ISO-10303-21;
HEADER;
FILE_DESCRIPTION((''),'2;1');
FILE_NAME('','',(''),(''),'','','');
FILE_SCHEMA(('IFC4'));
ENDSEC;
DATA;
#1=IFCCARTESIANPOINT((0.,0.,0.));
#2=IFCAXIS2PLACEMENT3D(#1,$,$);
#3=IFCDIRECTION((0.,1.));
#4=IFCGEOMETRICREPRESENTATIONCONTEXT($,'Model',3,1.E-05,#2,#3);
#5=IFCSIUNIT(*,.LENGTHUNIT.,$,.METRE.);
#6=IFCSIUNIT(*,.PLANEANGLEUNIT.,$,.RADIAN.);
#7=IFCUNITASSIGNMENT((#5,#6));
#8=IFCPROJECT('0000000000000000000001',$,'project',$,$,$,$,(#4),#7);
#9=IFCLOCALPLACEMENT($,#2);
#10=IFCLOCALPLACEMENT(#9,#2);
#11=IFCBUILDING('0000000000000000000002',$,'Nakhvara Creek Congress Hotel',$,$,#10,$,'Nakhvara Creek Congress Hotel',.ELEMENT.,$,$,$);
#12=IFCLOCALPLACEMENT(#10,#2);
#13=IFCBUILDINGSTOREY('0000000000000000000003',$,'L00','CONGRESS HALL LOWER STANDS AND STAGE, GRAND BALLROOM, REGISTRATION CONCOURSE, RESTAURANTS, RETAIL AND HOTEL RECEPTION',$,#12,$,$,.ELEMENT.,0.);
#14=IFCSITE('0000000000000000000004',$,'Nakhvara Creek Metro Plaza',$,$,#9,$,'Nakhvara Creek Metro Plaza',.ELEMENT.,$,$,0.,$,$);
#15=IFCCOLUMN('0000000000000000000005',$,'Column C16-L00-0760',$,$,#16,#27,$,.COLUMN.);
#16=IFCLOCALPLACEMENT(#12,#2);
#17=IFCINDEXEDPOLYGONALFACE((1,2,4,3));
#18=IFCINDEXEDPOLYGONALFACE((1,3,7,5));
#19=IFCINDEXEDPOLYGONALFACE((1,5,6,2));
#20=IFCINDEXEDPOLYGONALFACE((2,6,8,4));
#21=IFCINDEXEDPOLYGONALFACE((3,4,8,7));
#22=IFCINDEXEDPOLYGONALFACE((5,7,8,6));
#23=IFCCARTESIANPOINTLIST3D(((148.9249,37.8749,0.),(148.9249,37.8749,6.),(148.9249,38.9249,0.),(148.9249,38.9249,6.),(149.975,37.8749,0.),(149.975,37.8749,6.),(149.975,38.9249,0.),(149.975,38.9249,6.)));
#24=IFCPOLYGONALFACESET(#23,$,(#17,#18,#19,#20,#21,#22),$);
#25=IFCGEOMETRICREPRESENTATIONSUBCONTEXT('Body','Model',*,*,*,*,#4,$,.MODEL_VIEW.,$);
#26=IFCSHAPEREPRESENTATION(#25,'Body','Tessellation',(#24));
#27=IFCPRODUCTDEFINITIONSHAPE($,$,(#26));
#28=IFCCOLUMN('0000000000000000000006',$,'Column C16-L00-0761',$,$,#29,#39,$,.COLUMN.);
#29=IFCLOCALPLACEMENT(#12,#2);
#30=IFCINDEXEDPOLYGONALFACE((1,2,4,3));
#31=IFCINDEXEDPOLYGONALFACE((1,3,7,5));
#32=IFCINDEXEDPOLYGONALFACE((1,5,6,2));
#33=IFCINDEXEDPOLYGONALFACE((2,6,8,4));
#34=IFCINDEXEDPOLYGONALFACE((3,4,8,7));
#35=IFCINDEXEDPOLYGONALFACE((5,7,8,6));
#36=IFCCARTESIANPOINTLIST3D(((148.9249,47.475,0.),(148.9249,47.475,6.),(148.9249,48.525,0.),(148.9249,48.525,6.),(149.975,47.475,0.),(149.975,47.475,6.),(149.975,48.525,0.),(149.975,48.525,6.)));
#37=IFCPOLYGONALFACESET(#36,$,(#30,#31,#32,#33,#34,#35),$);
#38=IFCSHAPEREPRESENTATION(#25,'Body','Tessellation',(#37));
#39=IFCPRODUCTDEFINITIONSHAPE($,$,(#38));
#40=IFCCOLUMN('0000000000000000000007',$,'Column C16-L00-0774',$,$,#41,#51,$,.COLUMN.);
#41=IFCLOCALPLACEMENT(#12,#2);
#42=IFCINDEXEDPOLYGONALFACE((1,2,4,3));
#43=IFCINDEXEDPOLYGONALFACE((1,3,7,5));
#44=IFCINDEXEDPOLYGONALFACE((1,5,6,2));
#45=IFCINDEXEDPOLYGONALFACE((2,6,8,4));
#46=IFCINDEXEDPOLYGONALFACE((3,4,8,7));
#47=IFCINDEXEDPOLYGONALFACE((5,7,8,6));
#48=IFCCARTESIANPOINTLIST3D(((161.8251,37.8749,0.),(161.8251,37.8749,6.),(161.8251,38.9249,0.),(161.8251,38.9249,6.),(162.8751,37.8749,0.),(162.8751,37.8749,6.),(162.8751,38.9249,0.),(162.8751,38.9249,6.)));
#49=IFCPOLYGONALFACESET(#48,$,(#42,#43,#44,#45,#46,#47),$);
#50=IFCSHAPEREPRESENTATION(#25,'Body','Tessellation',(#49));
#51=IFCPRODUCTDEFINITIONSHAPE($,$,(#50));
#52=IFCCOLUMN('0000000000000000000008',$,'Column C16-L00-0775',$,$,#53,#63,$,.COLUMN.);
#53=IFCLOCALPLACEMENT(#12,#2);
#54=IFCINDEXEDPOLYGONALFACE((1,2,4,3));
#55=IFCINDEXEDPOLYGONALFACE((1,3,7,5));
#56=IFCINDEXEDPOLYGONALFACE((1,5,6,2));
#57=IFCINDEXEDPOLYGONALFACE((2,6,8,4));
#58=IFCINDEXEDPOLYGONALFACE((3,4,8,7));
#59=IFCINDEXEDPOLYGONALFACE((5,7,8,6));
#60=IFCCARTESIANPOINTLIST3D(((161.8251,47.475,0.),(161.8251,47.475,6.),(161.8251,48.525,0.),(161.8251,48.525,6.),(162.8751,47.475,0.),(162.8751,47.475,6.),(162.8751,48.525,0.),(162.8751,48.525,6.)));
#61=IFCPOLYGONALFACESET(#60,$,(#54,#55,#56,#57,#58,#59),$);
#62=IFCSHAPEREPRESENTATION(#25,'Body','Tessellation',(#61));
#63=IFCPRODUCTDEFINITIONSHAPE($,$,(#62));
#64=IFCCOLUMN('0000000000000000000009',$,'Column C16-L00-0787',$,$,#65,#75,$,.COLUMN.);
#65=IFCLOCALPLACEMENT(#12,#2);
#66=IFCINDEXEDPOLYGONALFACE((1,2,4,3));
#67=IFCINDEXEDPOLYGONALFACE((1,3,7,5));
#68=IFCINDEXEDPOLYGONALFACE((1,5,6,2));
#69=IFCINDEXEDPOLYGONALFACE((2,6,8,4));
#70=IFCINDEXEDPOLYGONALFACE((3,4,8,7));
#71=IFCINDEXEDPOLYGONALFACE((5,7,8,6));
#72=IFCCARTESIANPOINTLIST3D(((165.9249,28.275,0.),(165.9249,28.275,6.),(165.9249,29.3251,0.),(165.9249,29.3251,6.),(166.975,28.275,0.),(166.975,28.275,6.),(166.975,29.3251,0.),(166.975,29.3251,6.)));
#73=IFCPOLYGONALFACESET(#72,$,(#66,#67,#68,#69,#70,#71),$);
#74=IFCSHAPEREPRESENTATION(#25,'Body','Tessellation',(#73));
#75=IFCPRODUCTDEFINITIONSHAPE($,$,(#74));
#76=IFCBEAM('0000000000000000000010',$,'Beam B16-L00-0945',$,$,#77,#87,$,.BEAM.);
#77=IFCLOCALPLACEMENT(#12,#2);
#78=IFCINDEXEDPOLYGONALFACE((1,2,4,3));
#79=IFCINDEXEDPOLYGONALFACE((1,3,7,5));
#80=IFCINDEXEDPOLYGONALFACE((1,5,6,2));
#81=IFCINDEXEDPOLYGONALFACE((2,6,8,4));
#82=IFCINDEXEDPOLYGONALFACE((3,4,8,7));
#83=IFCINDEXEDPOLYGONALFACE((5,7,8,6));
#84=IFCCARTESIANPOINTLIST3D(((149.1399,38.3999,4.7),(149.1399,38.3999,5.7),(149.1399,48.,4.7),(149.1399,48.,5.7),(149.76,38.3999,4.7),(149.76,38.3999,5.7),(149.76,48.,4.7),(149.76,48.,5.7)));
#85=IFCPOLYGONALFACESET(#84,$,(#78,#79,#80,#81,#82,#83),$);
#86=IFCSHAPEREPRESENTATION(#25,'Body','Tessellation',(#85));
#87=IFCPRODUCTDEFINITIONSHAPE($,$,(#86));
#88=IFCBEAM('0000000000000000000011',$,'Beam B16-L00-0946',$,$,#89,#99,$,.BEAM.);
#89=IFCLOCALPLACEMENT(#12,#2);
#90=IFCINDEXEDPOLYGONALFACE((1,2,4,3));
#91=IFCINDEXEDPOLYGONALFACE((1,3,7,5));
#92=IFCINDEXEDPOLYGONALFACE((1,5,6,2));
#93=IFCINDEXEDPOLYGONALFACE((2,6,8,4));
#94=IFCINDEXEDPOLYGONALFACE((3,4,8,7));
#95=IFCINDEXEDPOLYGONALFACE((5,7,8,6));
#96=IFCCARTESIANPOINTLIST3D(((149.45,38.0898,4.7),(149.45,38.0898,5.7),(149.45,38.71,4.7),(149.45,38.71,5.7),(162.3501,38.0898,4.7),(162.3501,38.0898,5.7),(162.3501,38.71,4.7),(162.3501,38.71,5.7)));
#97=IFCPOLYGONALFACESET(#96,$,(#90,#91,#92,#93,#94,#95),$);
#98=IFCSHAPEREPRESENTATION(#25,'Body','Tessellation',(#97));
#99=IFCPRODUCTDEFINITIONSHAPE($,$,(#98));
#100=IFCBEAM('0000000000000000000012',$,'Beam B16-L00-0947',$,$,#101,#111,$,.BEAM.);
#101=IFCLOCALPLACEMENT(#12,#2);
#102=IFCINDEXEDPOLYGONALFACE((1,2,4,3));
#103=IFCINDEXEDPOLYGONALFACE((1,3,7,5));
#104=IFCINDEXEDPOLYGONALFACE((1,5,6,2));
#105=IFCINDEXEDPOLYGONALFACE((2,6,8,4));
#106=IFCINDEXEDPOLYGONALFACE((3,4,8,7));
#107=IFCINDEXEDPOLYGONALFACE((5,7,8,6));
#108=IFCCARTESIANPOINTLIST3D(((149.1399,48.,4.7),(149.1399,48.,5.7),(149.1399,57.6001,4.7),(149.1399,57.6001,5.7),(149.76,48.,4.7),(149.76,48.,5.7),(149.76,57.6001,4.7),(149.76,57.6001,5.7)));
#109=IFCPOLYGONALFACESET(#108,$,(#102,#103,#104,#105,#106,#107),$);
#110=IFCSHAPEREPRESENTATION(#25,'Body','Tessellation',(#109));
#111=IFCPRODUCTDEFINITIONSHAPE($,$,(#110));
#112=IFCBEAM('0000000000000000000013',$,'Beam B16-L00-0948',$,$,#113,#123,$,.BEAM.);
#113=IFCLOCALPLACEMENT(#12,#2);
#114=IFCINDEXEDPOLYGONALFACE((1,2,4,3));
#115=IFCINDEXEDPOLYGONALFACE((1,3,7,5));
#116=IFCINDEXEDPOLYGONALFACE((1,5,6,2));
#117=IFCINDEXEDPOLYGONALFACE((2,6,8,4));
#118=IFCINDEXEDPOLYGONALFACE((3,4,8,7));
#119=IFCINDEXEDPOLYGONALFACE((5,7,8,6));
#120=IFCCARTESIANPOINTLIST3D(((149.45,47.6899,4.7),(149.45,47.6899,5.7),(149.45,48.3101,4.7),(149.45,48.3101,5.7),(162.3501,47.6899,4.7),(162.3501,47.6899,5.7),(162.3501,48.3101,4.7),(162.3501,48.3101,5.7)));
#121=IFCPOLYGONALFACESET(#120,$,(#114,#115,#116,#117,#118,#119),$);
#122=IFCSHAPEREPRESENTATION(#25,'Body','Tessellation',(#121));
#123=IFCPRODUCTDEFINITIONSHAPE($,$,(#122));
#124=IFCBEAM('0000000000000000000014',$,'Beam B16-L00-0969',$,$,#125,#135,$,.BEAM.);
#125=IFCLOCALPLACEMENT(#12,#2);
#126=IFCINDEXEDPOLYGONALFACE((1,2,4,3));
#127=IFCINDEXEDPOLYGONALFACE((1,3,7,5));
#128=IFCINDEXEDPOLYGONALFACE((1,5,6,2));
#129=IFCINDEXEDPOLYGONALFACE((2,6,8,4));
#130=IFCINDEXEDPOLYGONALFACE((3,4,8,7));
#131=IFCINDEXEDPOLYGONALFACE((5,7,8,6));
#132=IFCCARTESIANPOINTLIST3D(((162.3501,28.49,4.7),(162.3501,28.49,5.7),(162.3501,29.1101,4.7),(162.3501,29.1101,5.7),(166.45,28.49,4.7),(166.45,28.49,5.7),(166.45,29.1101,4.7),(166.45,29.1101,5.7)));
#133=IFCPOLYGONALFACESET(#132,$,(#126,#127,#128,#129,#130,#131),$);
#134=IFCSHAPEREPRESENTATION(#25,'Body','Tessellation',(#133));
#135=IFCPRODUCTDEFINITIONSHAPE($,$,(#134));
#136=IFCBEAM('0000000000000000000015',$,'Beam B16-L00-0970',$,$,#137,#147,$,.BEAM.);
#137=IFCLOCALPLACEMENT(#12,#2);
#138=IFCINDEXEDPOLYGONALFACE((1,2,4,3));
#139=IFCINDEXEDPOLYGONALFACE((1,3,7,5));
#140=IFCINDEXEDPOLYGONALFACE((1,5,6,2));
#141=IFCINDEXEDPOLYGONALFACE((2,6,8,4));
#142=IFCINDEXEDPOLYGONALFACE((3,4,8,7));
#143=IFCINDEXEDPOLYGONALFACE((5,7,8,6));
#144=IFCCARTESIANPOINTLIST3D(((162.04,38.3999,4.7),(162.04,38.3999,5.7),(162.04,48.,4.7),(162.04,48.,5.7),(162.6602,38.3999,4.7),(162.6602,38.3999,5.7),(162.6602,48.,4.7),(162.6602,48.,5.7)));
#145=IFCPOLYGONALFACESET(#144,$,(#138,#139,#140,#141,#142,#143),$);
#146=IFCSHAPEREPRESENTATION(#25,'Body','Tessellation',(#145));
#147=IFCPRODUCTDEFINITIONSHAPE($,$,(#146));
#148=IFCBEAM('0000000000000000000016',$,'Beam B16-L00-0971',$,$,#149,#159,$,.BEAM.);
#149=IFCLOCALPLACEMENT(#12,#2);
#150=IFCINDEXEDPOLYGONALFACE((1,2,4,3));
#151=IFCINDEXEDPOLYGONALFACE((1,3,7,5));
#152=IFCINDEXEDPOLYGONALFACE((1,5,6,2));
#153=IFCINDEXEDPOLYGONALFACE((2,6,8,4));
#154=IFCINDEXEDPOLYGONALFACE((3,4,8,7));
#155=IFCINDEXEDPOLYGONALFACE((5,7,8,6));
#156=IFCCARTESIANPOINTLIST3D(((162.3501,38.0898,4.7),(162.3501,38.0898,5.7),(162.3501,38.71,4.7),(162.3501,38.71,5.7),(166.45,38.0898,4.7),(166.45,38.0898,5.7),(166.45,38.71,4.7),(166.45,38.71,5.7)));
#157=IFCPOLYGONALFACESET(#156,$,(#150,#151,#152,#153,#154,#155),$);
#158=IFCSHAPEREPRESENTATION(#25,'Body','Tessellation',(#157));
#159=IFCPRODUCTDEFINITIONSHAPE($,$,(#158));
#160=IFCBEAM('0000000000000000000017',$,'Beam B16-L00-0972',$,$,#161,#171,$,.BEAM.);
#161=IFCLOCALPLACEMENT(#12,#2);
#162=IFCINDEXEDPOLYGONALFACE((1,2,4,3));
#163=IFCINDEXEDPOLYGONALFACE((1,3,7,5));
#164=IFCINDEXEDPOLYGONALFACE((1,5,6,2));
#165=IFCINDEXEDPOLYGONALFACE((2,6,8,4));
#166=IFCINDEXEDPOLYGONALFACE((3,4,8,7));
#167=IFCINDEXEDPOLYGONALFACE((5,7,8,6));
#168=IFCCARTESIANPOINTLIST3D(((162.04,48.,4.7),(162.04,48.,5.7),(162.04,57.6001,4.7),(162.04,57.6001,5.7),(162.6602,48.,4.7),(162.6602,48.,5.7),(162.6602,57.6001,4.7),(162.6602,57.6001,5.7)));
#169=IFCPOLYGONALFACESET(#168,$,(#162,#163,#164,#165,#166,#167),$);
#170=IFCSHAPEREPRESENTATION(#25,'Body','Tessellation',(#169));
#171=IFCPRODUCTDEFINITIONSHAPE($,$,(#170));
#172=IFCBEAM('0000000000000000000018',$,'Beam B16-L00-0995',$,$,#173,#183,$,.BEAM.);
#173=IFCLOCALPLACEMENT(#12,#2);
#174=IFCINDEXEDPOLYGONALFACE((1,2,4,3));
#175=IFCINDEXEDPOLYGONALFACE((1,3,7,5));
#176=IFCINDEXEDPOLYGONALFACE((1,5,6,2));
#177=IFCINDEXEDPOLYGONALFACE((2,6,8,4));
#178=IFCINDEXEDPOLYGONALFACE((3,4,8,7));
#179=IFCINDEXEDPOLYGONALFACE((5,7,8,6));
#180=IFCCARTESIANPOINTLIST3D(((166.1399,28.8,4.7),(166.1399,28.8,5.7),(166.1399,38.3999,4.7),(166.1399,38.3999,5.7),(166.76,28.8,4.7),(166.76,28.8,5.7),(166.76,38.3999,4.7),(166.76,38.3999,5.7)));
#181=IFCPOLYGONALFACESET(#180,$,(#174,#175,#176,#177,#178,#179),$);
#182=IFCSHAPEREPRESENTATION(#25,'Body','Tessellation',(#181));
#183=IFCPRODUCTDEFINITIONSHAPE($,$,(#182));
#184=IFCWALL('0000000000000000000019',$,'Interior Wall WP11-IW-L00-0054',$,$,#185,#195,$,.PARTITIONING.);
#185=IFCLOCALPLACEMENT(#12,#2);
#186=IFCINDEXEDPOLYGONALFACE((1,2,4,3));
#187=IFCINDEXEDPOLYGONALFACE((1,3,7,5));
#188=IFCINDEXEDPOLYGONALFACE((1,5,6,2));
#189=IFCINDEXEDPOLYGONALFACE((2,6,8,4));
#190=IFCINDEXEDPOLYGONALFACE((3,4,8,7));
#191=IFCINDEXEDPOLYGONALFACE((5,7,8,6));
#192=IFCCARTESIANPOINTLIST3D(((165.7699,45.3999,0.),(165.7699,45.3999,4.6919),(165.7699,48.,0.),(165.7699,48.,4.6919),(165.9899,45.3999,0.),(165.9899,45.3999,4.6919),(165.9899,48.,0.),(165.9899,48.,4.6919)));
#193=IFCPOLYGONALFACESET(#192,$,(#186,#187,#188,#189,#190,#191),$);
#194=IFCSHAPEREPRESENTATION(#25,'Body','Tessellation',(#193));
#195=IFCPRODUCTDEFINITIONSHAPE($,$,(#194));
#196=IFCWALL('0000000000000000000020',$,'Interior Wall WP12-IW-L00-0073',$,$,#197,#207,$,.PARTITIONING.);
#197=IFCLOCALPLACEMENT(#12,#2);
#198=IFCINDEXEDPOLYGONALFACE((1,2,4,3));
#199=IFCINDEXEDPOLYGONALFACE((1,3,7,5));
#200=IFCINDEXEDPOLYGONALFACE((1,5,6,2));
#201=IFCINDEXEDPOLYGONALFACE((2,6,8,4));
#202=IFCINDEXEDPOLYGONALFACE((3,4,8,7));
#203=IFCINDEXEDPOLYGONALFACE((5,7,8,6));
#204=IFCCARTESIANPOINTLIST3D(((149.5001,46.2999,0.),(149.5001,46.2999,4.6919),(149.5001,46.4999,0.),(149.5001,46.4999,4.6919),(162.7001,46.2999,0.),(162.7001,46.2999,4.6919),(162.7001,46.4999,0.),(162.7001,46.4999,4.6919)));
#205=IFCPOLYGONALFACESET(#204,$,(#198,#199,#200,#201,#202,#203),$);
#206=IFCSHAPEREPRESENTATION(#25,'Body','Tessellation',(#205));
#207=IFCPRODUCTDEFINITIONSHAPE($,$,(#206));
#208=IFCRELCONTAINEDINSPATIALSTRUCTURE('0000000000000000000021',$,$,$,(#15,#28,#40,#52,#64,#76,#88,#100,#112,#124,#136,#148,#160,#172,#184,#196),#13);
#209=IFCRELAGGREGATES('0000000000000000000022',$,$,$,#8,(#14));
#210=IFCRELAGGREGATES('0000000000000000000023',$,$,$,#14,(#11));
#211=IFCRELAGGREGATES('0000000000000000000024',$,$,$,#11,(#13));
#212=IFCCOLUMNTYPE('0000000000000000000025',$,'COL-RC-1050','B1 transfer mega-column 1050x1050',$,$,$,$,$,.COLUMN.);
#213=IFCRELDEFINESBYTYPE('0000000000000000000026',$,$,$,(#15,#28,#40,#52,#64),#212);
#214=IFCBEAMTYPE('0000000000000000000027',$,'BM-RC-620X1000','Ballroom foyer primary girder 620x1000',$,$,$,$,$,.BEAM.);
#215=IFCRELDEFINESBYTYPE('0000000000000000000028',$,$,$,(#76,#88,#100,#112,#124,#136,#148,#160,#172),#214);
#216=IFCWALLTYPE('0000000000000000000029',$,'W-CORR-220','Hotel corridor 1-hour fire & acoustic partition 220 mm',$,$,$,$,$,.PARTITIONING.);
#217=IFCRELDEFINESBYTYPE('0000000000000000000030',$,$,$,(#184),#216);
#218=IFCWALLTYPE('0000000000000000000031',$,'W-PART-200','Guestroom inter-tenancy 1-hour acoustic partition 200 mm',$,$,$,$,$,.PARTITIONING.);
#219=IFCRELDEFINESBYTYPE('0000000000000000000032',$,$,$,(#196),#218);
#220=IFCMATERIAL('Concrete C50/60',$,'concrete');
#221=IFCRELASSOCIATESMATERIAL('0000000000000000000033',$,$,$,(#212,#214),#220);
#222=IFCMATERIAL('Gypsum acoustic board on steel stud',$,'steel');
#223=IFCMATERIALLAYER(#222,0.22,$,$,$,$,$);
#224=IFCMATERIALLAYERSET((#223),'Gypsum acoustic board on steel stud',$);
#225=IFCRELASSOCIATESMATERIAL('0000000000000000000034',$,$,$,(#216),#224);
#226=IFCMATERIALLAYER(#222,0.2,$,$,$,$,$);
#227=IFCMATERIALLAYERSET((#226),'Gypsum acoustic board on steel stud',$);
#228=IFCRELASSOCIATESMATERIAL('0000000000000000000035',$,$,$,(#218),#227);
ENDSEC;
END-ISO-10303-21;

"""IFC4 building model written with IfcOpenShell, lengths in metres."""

from ifc_helpers import new_model, si_unit, direction, frame, frame_2d, origin, origin_2d, place, context, subcontext, project, spatial, rectangle, extrude, material, layer, layer_set, material_profile, profile_set, type_object, element, save


model = new_model("IFC4")

# Units and contexts
model_context = context("Model", 3, precision=1e-05, world=origin(), true_north=direction((0.0, 1.0)))
body_context = subcontext(model_context, "Body", "Model", "MODEL_VIEW")
ifc_project = project(units=[si_unit("LENGTHUNIT", "METRE"), si_unit("PLANEANGLEUNIT", "RADIAN")], contexts=[model_context])

# Site, building, storey
site_placement = place(None, origin())
site = spatial("IfcSite", under=ifc_project, at=site_placement, Name="Nakhvara Creek Metro Plaza", LongName="Nakhvara Creek Metro Plaza", CompositionType="ELEMENT", RefElevation=0.0)
building_placement = place(site_placement, origin())
building = spatial("IfcBuilding", under=site, at=building_placement, Name="Nakhvara Creek Congress Hotel", LongName="Nakhvara Creek Congress Hotel", CompositionType="ELEMENT")
storey_placement = place(building_placement, origin())
storey = spatial("IfcBuildingStorey", under=building, at=storey_placement, Name="L00", Description="CONGRESS HALL LOWER STANDS AND STAGE, GRAND BALLROOM, REGISTRATION CONCOURSE, RESTAURANTS, RETAIL AND HOTEL RECEPTION", CompositionType="ELEMENT", Elevation=0.0)

# Columns
ifc_material_1 = material(Name="Concrete C50/60", Category="concrete")
ifc_material_profile_1 = material_profile(ifc_material_1, rectangle(XDim=1.05, YDim=1.05, at=origin_2d()), Name="RC-COL 1050x1050", Category="LoadBearing")
ifc_profile_set_1 = profile_set([ifc_material_profile_1], Name="Concrete C50/60")
column_type = type_object("IfcColumnType", Name="COL-RC-1050", Description="B1 transfer mega-column 1050x1050", PredefinedType="COLUMN", material=ifc_profile_set_1)
for number, where, z_axis, x_axis, name in (
    (1, (149.45, 38.3999, 0.0), (0.0, 0.0, 1.0), (1.0, 0.0, 0.0), "Column C16-L00-0760"),
    (2, (149.45, 48.0, 0.0), (0.0, 0.0, 1.0), (1.0, 0.0, 0.0), "Column C16-L00-0761"),
    (3, (162.3501, 38.3999, 0.0), (0.0, 0.0, 1.0), (1.0, 0.0, 0.0), "Column C16-L00-0774"),
    (4, (162.3501, 48.0, 0.0), (0.0, 0.0, 1.0), (1.0, 0.0, 0.0), "Column C16-L00-0775"),
    (5, (166.45, 28.8, 0.0), (0.0, 0.0, 1.0), (1.0, 0.0, 0.0), "Column C16-L00-0787"),
):
    element("IfcColumn", number, at=place(storey_placement, frame(where, z_axis=z_axis, x_axis=x_axis)), inside=storey, type_object=column_type, Name=name, PredefinedType="COLUMN", context=body_context, shape_type="SweptSolid", body=[
        extrude(rectangle(XDim=1.05, YDim=1.05, at=origin_2d()), origin(), (0.0, 0.0, 1.0), 6.0),
    ])

# Beams
ifc_material_profile_2 = material_profile(ifc_material_1, rectangle(XDim=0.6201, YDim=1.0, at=origin_2d()), Name="RC-BM 620x1000", Category="LoadBearing")
ifc_profile_set_2 = profile_set([ifc_material_profile_2], Name="Concrete C50/60")
beam_type = type_object("IfcBeamType", Name="BM-RC-620X1000", Description="Ballroom foyer primary girder 620x1000", PredefinedType="BEAM", material=ifc_profile_set_2)
beam_1_placement = place(storey_placement, frame((149.45, 38.3999, 5.2), z_axis=(0.0, 1.0, 0.0), x_axis=(-1.0, 0.0, 0.0)))
element("IfcBeam", 6, at=beam_1_placement, inside=storey, type_object=beam_type, Name="Beam B16-L00-0945", PredefinedType="BEAM", context=body_context, shape_type="SweptSolid", body=[
    extrude(rectangle(XDim=0.6201, YDim=1.0, at=origin_2d()), origin(), (0.0, 0.0, 1.0), 9.6001),
])
beam_2_placement = place(storey_placement, frame((149.45, 38.3999, 5.2), z_axis=(1.0, 0.0, 0.0), x_axis=(0.0, 1.0, 0.0)))
element("IfcBeam", 7, at=beam_2_placement, inside=storey, type_object=beam_type, Name="Beam B16-L00-0946", PredefinedType="BEAM", context=body_context, shape_type="SweptSolid", body=[
    extrude(rectangle(XDim=0.6201, YDim=1.0, at=origin_2d()), origin(), (0.0, 0.0, 1.0), 12.9001),
])
beam_3_placement = place(storey_placement, frame((149.45, 48.0, 5.2), z_axis=(0.0, 1.0, 0.0), x_axis=(-1.0, 0.0, 0.0)))
element("IfcBeam", 8, at=beam_3_placement, inside=storey, type_object=beam_type, Name="Beam B16-L00-0947", PredefinedType="BEAM", context=body_context, shape_type="SweptSolid", body=[
    extrude(rectangle(XDim=0.6201, YDim=1.0, at=origin_2d()), origin(), (0.0, 0.0, 1.0), 9.6001),
])
beam_4_placement = place(storey_placement, frame((149.45, 48.0, 5.2), z_axis=(1.0, 0.0, 0.0), x_axis=(0.0, 1.0, 0.0)))
element("IfcBeam", 9, at=beam_4_placement, inside=storey, type_object=beam_type, Name="Beam B16-L00-0948", PredefinedType="BEAM", context=body_context, shape_type="SweptSolid", body=[
    extrude(rectangle(XDim=0.6201, YDim=1.0, at=origin_2d()), origin(), (0.0, 0.0, 1.0), 12.9001),
])
beam_5_placement = place(storey_placement, frame((162.3501, 28.8, 5.2), z_axis=(1.0, 0.0, 0.0), x_axis=(0.0, 1.0, 0.0)))
element("IfcBeam", 10, at=beam_5_placement, inside=storey, type_object=beam_type, Name="Beam B16-L00-0969", PredefinedType="BEAM", context=body_context, shape_type="SweptSolid", body=[
    extrude(rectangle(XDim=0.6201, YDim=1.0, at=origin_2d()), origin(), (0.0, 0.0, 1.0), 4.0999),
])
beam_6_placement = place(storey_placement, frame((162.3501, 38.3999, 5.2), z_axis=(0.0, 1.0, 0.0), x_axis=(-1.0, 0.0, 0.0)))
element("IfcBeam", 11, at=beam_6_placement, inside=storey, type_object=beam_type, Name="Beam B16-L00-0970", PredefinedType="BEAM", context=body_context, shape_type="SweptSolid", body=[
    extrude(rectangle(XDim=0.6201, YDim=1.0, at=origin_2d()), origin(), (0.0, 0.0, 1.0), 9.6001),
])
beam_7_placement = place(storey_placement, frame((162.3501, 38.3999, 5.2), z_axis=(1.0, 0.0, 0.0), x_axis=(0.0, 1.0, 0.0)))
element("IfcBeam", 12, at=beam_7_placement, inside=storey, type_object=beam_type, Name="Beam B16-L00-0971", PredefinedType="BEAM", context=body_context, shape_type="SweptSolid", body=[
    extrude(rectangle(XDim=0.6201, YDim=1.0, at=origin_2d()), origin(), (0.0, 0.0, 1.0), 4.0999),
])
beam_8_placement = place(storey_placement, frame((162.3501, 48.0, 5.2), z_axis=(0.0, 1.0, 0.0), x_axis=(-1.0, 0.0, 0.0)))
element("IfcBeam", 13, at=beam_8_placement, inside=storey, type_object=beam_type, Name="Beam B16-L00-0972", PredefinedType="BEAM", context=body_context, shape_type="SweptSolid", body=[
    extrude(rectangle(XDim=0.6201, YDim=1.0, at=origin_2d()), origin(), (0.0, 0.0, 1.0), 9.6001),
])
beam_9_placement = place(storey_placement, frame((166.45, 28.8, 5.2), z_axis=(0.0, 1.0, 0.0), x_axis=(-1.0, 0.0, 0.0)))
element("IfcBeam", 14, at=beam_9_placement, inside=storey, type_object=beam_type, Name="Beam B16-L00-0995", PredefinedType="BEAM", context=body_context, shape_type="SweptSolid", body=[
    extrude(rectangle(XDim=0.6201, YDim=1.0, at=origin_2d()), origin(), (0.0, 0.0, 1.0), 9.5999),
])

# Walls
ifc_material_2 = material(Name="Gypsum acoustic board on steel stud", Category="steel")
ifc_layer_1 = layer(ifc_material_2, 0.22)
ifc_layer_set_1 = layer_set([ifc_layer_1], Name="Gypsum acoustic board on steel stud")
wall_type_1 = type_object("IfcWallType", Name="W-CORR-220", Description="Hotel corridor 1-hour fire & acoustic partition 220 mm", PredefinedType="PARTITIONING", material=ifc_layer_set_1)
wall_1_placement = place(storey_placement, frame((165.8799, 45.3999, 0.0), z_axis=(0.0, 0.0, 1.0), x_axis=(0.0, 1.0, 0.0)))
element("IfcWall", 15, at=wall_1_placement, inside=storey, type_object=wall_type_1, Name="Interior Wall WP11-IW-L00-0054", PredefinedType="PARTITIONING", context=body_context, shape_type="SweptSolid", body=[
    extrude(rectangle(XDim=2.6001, YDim=0.22, at=frame_2d((1.3, 0.0))), origin(), (0.0, 0.0, 1.0), 4.6919),
])
ifc_layer_2 = layer(ifc_material_2, 0.2)
ifc_layer_set_2 = layer_set([ifc_layer_2], Name="Gypsum acoustic board on steel stud")
wall_type_2 = type_object("IfcWallType", Name="W-PART-200", Description="Guestroom inter-tenancy 1-hour acoustic partition 200 mm", PredefinedType="PARTITIONING", material=ifc_layer_set_2)
wall_2_placement = place(storey_placement, frame((149.5, 46.3999, 0.0), z_axis=(0.0, 0.0, 1.0), x_axis=(1.0, 0.0, 0.0)))
element("IfcWall", 16, at=wall_2_placement, inside=storey, type_object=wall_type_2, Name="Interior Wall WP12-IW-L00-0073", PredefinedType="PARTITIONING", context=body_context, shape_type="SweptSolid", body=[
    extrude(rectangle(XDim=13.2, YDim=0.2, at=frame_2d((6.6001, 0.0))), origin(), (0.0, 0.0, 1.0), 4.6919),
])

save(model, "model.ifc")
